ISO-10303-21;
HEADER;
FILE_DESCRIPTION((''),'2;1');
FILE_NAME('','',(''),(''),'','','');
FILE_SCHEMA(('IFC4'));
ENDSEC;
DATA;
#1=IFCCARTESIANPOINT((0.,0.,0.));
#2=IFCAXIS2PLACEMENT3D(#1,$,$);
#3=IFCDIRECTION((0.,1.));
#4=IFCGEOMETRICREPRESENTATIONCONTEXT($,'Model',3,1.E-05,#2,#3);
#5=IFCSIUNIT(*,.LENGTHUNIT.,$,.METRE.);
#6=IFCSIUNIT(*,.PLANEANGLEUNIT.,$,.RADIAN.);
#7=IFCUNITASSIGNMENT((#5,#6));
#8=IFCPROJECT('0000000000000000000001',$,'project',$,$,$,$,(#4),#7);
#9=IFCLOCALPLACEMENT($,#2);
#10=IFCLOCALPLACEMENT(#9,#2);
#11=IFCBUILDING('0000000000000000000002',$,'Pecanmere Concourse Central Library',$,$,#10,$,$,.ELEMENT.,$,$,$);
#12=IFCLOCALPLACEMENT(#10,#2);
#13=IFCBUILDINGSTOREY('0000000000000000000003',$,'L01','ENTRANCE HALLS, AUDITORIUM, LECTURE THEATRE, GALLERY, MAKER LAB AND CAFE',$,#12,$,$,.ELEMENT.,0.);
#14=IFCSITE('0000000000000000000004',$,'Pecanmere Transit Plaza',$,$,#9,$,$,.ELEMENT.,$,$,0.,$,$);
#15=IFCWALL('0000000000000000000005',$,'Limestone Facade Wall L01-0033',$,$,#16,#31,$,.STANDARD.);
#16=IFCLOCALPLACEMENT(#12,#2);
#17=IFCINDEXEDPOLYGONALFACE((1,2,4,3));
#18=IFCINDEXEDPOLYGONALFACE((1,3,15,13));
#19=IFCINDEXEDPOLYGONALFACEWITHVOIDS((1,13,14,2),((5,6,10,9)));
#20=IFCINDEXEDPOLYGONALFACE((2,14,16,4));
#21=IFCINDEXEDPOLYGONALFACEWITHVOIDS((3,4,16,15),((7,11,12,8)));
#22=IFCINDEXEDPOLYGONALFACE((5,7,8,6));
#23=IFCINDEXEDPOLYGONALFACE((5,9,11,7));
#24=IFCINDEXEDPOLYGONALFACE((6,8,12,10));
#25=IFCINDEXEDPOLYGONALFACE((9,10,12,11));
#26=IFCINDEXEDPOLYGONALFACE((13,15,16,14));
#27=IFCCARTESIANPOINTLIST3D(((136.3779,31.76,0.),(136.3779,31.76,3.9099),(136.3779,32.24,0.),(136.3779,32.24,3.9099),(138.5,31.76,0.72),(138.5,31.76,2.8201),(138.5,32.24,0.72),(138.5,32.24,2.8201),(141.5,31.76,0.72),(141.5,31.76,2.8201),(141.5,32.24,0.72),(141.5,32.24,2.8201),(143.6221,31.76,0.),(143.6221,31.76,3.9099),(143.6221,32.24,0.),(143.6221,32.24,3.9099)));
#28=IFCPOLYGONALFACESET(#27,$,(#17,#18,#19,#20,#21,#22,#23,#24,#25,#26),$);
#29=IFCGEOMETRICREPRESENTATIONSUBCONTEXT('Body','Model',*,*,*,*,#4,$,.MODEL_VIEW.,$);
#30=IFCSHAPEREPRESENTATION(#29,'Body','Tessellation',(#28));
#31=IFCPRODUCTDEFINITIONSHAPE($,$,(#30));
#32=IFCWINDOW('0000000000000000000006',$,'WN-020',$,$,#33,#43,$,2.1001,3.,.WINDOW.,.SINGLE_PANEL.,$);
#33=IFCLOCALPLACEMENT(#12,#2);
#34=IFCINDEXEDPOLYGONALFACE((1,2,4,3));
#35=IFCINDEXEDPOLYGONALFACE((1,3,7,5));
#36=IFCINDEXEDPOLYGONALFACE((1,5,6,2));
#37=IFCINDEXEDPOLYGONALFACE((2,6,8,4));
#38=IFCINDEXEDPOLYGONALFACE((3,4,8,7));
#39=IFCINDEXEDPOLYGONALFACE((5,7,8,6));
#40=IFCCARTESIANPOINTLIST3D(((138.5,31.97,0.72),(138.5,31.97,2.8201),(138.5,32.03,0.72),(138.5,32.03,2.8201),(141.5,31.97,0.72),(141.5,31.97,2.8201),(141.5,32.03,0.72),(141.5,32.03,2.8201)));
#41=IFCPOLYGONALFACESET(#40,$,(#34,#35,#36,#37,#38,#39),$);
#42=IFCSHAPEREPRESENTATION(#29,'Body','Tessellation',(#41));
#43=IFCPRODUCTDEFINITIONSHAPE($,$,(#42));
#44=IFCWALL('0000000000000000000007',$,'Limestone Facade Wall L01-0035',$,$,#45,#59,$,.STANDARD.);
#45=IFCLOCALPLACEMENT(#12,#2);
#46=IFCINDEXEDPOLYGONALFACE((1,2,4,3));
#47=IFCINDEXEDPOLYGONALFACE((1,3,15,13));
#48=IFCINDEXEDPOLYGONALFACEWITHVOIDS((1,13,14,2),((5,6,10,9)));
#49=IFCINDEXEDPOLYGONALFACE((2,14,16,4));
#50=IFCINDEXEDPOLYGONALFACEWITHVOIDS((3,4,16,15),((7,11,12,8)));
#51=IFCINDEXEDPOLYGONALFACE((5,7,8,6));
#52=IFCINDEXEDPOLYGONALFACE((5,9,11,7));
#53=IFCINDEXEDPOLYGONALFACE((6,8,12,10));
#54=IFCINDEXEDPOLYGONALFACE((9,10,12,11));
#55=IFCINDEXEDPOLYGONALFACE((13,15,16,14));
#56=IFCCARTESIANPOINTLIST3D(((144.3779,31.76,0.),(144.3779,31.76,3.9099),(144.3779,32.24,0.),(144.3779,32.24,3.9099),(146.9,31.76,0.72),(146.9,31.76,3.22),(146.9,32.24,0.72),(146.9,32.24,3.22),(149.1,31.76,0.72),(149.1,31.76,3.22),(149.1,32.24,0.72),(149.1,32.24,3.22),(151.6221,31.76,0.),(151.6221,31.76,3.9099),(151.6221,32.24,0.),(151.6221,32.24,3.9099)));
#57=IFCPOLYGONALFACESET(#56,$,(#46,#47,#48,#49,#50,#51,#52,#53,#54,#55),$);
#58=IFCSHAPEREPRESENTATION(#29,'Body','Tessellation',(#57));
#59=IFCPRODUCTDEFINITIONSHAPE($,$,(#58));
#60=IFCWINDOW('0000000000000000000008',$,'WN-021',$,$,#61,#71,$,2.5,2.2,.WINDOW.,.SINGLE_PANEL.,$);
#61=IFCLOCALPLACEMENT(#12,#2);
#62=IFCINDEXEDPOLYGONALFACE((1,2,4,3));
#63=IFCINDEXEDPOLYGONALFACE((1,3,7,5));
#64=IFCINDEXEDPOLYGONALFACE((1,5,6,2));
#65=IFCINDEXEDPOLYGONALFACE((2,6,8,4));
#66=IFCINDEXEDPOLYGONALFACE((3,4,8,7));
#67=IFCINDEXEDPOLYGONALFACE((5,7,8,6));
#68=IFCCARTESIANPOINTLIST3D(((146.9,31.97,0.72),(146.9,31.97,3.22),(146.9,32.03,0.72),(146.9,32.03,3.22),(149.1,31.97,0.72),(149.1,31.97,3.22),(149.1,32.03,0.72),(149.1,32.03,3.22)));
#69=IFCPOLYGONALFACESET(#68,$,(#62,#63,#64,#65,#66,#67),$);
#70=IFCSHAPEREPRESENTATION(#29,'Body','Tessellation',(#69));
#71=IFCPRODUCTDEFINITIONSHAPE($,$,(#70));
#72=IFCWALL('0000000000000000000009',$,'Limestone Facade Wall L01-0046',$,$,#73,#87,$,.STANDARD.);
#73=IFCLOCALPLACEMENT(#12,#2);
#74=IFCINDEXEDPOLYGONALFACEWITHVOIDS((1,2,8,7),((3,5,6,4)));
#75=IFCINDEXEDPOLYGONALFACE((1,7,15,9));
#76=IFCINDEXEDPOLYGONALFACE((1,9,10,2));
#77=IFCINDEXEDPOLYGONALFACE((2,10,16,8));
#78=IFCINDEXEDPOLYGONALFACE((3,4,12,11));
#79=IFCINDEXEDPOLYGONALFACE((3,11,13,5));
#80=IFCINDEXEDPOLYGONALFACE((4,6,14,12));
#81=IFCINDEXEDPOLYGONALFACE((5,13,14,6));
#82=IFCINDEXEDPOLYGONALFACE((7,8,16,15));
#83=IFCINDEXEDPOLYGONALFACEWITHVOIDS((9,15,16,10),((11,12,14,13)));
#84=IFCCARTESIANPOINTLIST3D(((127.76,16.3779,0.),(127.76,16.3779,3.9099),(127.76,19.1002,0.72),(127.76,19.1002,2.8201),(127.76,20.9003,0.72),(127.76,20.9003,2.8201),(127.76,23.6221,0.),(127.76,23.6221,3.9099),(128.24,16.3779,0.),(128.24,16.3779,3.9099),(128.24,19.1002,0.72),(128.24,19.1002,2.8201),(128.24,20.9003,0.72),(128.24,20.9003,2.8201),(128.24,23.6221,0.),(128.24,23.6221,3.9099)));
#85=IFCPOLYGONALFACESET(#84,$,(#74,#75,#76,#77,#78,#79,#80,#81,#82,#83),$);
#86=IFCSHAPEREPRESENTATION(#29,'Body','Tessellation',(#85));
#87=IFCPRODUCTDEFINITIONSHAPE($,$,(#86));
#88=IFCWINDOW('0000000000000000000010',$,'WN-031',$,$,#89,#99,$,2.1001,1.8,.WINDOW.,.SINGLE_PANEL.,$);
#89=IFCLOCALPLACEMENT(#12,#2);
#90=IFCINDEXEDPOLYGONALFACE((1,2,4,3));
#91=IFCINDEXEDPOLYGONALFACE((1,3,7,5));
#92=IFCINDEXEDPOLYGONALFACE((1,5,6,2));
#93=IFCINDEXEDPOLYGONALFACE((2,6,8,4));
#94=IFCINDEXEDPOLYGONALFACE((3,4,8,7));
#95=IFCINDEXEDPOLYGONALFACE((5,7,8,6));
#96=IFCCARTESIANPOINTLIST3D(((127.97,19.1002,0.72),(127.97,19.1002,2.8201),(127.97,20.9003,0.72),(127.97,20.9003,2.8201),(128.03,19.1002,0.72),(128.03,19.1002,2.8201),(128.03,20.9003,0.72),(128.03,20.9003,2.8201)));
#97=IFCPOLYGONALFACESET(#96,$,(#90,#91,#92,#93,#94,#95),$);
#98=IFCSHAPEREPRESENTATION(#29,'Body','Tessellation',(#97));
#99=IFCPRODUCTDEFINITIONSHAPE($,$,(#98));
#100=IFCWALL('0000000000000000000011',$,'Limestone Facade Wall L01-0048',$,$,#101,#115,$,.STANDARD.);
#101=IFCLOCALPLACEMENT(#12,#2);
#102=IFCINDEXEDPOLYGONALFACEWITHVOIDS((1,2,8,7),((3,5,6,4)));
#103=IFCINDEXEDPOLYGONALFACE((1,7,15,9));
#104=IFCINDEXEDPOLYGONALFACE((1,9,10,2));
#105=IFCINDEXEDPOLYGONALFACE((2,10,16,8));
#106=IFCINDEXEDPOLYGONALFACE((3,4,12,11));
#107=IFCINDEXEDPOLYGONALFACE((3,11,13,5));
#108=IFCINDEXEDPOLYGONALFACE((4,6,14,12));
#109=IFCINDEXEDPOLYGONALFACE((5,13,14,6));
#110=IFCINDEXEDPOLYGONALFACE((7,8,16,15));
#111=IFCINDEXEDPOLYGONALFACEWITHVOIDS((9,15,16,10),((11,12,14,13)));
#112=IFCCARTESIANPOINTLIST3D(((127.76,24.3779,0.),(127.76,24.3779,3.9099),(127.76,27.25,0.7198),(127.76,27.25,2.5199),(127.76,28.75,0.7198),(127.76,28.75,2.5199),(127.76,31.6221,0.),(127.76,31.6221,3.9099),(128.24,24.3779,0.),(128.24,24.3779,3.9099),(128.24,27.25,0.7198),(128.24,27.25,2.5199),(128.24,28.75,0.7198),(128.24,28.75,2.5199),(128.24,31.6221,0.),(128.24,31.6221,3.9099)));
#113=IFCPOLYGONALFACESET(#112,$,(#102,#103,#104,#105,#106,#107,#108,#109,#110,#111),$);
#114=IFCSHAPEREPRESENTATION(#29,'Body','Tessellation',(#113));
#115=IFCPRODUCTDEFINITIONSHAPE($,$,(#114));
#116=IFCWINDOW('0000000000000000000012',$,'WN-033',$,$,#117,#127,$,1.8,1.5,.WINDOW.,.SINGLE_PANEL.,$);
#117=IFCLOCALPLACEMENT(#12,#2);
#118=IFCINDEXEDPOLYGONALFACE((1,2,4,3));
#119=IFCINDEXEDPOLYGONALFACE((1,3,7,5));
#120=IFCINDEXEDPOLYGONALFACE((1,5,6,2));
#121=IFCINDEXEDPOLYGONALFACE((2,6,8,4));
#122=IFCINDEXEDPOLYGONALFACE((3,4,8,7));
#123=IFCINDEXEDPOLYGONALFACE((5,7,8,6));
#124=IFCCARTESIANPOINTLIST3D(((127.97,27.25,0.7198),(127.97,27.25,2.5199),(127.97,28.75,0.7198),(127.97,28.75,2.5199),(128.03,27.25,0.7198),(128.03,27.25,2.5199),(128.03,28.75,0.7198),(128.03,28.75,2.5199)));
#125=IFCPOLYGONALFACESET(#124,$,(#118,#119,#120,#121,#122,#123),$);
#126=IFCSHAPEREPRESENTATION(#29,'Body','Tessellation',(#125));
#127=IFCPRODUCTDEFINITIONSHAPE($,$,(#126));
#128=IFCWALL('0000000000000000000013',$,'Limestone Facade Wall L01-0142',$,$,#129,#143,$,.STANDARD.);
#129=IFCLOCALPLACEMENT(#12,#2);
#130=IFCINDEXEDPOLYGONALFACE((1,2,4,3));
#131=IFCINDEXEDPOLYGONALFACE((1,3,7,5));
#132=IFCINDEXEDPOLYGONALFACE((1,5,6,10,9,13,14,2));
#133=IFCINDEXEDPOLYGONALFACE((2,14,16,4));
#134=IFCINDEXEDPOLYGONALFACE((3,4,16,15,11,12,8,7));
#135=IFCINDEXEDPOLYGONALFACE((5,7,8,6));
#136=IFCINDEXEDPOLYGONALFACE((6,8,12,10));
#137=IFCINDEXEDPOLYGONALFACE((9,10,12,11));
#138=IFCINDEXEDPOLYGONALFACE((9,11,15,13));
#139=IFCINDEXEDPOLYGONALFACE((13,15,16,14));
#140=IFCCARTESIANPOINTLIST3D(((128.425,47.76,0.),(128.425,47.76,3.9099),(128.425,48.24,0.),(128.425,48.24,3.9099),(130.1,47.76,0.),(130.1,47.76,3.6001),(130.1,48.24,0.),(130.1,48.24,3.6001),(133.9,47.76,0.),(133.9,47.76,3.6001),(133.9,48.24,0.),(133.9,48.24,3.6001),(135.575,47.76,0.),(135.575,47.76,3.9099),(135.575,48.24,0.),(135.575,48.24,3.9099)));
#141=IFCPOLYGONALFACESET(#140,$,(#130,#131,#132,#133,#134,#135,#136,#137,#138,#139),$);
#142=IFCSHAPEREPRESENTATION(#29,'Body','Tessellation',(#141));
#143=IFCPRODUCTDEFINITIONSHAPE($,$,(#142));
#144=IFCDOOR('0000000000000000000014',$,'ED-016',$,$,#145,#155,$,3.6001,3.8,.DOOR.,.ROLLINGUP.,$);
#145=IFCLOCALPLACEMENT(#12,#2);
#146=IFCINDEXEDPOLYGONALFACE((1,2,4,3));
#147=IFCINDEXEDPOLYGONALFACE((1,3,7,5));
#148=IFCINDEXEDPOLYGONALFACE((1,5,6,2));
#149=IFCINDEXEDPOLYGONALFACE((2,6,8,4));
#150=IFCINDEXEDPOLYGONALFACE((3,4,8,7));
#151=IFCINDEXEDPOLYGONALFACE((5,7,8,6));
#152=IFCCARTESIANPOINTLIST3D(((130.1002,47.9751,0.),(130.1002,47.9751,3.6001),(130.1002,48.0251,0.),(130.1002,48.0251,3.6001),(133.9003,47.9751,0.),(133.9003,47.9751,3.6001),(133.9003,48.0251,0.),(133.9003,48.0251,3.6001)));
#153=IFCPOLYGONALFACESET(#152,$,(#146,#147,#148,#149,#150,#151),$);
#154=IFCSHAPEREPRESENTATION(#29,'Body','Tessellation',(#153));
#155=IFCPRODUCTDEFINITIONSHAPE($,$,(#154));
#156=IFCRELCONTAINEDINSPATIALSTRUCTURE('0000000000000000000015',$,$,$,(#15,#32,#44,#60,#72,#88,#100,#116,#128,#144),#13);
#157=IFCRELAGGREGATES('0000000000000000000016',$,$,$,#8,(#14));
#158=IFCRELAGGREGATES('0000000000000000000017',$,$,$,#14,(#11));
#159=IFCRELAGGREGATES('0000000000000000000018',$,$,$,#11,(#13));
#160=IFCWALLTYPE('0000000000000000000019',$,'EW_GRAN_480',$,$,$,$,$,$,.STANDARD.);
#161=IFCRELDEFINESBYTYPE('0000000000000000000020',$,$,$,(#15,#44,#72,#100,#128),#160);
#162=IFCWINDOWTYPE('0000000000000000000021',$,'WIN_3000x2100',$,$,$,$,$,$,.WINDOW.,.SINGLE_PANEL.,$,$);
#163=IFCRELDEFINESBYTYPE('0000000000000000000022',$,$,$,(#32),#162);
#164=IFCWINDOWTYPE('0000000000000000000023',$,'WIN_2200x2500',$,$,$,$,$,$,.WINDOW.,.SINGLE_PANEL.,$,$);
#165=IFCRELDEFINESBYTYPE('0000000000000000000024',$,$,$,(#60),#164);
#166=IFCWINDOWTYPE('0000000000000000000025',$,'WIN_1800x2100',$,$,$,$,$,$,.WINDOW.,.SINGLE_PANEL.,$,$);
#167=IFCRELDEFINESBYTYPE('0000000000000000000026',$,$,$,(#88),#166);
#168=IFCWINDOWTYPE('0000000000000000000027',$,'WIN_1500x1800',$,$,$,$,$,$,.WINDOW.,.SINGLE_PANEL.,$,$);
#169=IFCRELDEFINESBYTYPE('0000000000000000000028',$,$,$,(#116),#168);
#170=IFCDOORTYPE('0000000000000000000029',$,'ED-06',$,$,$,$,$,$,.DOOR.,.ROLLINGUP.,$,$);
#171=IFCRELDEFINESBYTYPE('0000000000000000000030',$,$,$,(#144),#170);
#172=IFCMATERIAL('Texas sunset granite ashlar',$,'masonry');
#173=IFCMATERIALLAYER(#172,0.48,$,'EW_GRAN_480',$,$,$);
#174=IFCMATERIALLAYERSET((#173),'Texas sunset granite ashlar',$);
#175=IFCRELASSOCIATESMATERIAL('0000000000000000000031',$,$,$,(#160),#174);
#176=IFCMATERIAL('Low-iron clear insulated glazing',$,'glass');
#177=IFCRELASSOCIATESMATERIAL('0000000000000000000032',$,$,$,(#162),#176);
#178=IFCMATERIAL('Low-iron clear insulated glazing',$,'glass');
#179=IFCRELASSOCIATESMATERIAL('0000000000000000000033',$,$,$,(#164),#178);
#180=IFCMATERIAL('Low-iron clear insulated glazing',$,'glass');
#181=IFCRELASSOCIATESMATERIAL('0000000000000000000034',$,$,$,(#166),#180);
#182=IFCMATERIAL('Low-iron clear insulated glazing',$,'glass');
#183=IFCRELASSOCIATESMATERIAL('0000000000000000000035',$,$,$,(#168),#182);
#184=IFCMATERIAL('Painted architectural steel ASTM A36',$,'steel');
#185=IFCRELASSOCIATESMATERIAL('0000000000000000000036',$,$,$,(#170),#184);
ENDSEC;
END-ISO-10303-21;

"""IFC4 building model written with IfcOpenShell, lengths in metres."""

from ifc_helpers import new_model, si_unit, direction, frame, frame_2d, origin, place, context, subcontext, project, spatial, rectangle, extrude, material, layer, layer_set, type_object, element, fill, save


model = new_model("IFC4")

# Units and contexts
model_context = context("Model", 3, precision=1e-05, world=origin(), true_north=direction((0.0, 1.0)))
body_context = subcontext(model_context, "Body", "Model", "MODEL_VIEW")
ifc_project = project(units=[si_unit("LENGTHUNIT", "METRE"), si_unit("PLANEANGLEUNIT", "RADIAN")], contexts=[model_context])

# Site, building, storey
site_placement = place(None, origin())
site = spatial("IfcSite", under=ifc_project, at=site_placement, Name="Pecanmere Transit Plaza", CompositionType="ELEMENT", RefElevation=0.0)
building_placement = place(site_placement, origin())
building = spatial("IfcBuilding", under=site, at=building_placement, Name="Pecanmere Concourse Central Library", CompositionType="ELEMENT")
storey_placement = place(building_placement, origin())
storey = spatial("IfcBuildingStorey", under=building, at=storey_placement, Name="L01", Description="ENTRANCE HALLS, AUDITORIUM, LECTURE THEATRE, GALLERY, MAKER LAB AND CAFE", CompositionType="ELEMENT", Elevation=0.0)

# Walls, openings, windows
ifc_material_1 = material(Name="Texas sunset granite ashlar", Category="masonry")
ifc_layer_1 = layer(ifc_material_1, 0.48, Name="EW_GRAN_480")
ifc_layer_set_1 = layer_set([ifc_layer_1], Name="Texas sunset granite ashlar")
wall_type_1 = type_object("IfcWallType", Name="EW_GRAN_480", PredefinedType="STANDARD", material=ifc_layer_set_1)
wall_1_placement = place(storey_placement, frame((143.6221, 32.0, 0.0), z_axis=(0.0, 0.0, 1.0), x_axis=(-1.0, 0.0, 0.0)))
wall_1 = element("IfcWall", 1, at=wall_1_placement, inside=storey, type_object=wall_type_1, Name="Limestone Facade Wall L01-0033", PredefinedType="STANDARD", context=body_context, shape_type="SweptSolid", body=[
    extrude(rectangle(XDim=7.2441, YDim=0.48, at=frame_2d((3.6221, 0.0))), origin(), (0.0, 0.0, 1.0), 3.9099),
])
opening_1_placement = place(wall_1_placement, frame((2.1221, 0.0, 0.72)))
opening_1 = element("IfcOpeningElement", 2, at=opening_1_placement, cuts=wall_1, PredefinedType="OPENING", context=body_context, shape_type="SweptSolid", body=[
    extrude(rectangle(XDim=3.0, YDim=2.1001, at=frame_2d((1.5, 1.05))), frame((0.0, 0.252, 0.0), z_axis=(0.0, -1.0, 0.0), x_axis=(1.0, 0.0, 0.0)), (0.0, 0.0, 1.0), 0.5039),
])
ifc_material_2 = material(Name="Low-iron clear insulated glazing", Category="glass")
window_type_1 = type_object("IfcWindowType", Name="WIN_3000x2100", PartitioningType="SINGLE_PANEL", PredefinedType="WINDOW", material=ifc_material_2)
window_1_placement = place(opening_1_placement, origin())
window_1 = element("IfcWindow", 3, at=window_1_placement, inside=storey, type_object=window_type_1, Name="WN-020", OverallHeight=2.1001, OverallWidth=3.0, PartitioningType="SINGLE_PANEL", PredefinedType="WINDOW", context=body_context, shape_type="SweptSolid", body=[
    extrude(rectangle(XDim=3.0, YDim=2.1001, at=frame_2d((1.5, 1.05))), frame((0.0, 0.03, 0.0), z_axis=(0.0, -1.0, 0.0), x_axis=(1.0, 0.0, 0.0)), (0.0, 0.0, 1.0), 0.0601),
])
fill(opening_1, window_1)
wall_2_placement = place(storey_placement, frame((151.6221, 32.0, 0.0), z_axis=(0.0, 0.0, 1.0), x_axis=(-1.0, 0.0, 0.0)))
wall_2 = element("IfcWall", 4, at=wall_2_placement, inside=storey, type_object=wall_type_1, Name="Limestone Facade Wall L01-0035", PredefinedType="STANDARD", context=body_context, shape_type="SweptSolid", body=[
    extrude(rectangle(XDim=7.2441, YDim=0.48, at=frame_2d((3.6221, 0.0))), origin(), (0.0, 0.0, 1.0), 3.9099),
])
opening_2_placement = place(wall_2_placement, frame((2.522, 0.0, 0.72)))
opening_2 = element("IfcOpeningElement", 5, at=opening_2_placement, cuts=wall_2, PredefinedType="OPENING", context=body_context, shape_type="SweptSolid", body=[
    extrude(rectangle(XDim=2.2, YDim=2.5, at=frame_2d((1.1001, 1.25))), frame((0.0, 0.252, 0.0), z_axis=(0.0, -1.0, 0.0), x_axis=(1.0, 0.0, 0.0)), (0.0, 0.0, 1.0), 0.5039),
])
ifc_material_3 = material(Name="Low-iron clear insulated glazing", Category="glass")
window_type_2 = type_object("IfcWindowType", Name="WIN_2200x2500", PartitioningType="SINGLE_PANEL", PredefinedType="WINDOW", material=ifc_material_3)
window_2_placement = place(opening_2_placement, origin())
window_2 = element("IfcWindow", 6, at=window_2_placement, inside=storey, type_object=window_type_2, Name="WN-021", OverallHeight=2.5, OverallWidth=2.2, PartitioningType="SINGLE_PANEL", PredefinedType="WINDOW", context=body_context, shape_type="SweptSolid", body=[
    extrude(rectangle(XDim=2.2, YDim=2.5, at=frame_2d((1.1001, 1.25))), frame((0.0, 0.03, 0.0), z_axis=(0.0, -1.0, 0.0), x_axis=(1.0, 0.0, 0.0)), (0.0, 0.0, 1.0), 0.0601),
])
fill(opening_2, window_2)
wall_3_placement = place(storey_placement, frame((128.0, 23.6221, 0.0), z_axis=(0.0, 0.0, 1.0), x_axis=(0.0, -1.0, 0.0)))
wall_3 = element("IfcWall", 7, at=wall_3_placement, inside=storey, type_object=wall_type_1, Name="Limestone Facade Wall L01-0046", PredefinedType="STANDARD", context=body_context, shape_type="SweptSolid", body=[
    extrude(rectangle(XDim=7.2441, YDim=0.48, at=frame_2d((3.6221, 0.0))), origin(), (0.0, 0.0, 1.0), 3.9099),
])
opening_3_placement = place(wall_3_placement, frame((2.7219, 0.0, 0.72)))
opening_3 = element("IfcOpeningElement", 8, at=opening_3_placement, cuts=wall_3, PredefinedType="OPENING", context=body_context, shape_type="SweptSolid", body=[
    extrude(rectangle(XDim=1.8, YDim=2.1001, at=frame_2d((0.8999, 1.05))), frame((0.0, 0.252, 0.0), z_axis=(0.0, -1.0, 0.0), x_axis=(1.0, 0.0, 0.0)), (0.0, 0.0, 1.0), 0.5039),
])
ifc_material_4 = material(Name="Low-iron clear insulated glazing", Category="glass")
window_type_3 = type_object("IfcWindowType", Name="WIN_1800x2100", PartitioningType="SINGLE_PANEL", PredefinedType="WINDOW", material=ifc_material_4)
window_3_placement = place(opening_3_placement, origin())
window_3 = element("IfcWindow", 9, at=window_3_placement, inside=storey, type_object=window_type_3, Name="WN-031", OverallHeight=2.1001, OverallWidth=1.8, PartitioningType="SINGLE_PANEL", PredefinedType="WINDOW", context=body_context, shape_type="SweptSolid", body=[
    extrude(rectangle(XDim=1.8, YDim=2.1001, at=frame_2d((0.8999, 1.05))), frame((0.0, 0.03, 0.0), z_axis=(0.0, -1.0, 0.0), x_axis=(1.0, 0.0, 0.0)), (0.0, 0.0, 1.0), 0.0601),
])
fill(opening_3, window_3)
wall_4_placement = place(storey_placement, frame((128.0, 31.6221, 0.0), z_axis=(0.0, 0.0, 1.0), x_axis=(0.0, -1.0, 0.0)))
wall_4 = element("IfcWall", 10, at=wall_4_placement, inside=storey, type_object=wall_type_1, Name="Limestone Facade Wall L01-0048", PredefinedType="STANDARD", context=body_context, shape_type="SweptSolid", body=[
    extrude(rectangle(XDim=7.2441, YDim=0.48, at=frame_2d((3.6221, 0.0))), origin(), (0.0, 0.0, 1.0), 3.9099),
])
opening_4_placement = place(wall_4_placement, frame((2.8721, 0.0, 0.72)))
opening_4 = element("IfcOpeningElement", 11, at=opening_4_placement, cuts=wall_4, PredefinedType="OPENING", context=body_context, shape_type="SweptSolid", body=[
    extrude(rectangle(XDim=1.5, YDim=1.8, at=frame_2d((0.75, 0.8999))), frame((0.0, 0.252, 0.0), z_axis=(0.0, -1.0, 0.0), x_axis=(1.0, 0.0, 0.0)), (0.0, 0.0, 1.0), 0.5039),
])
ifc_material_5 = material(Name="Low-iron clear insulated glazing", Category="glass")
window_type_4 = type_object("IfcWindowType", Name="WIN_1500x1800", PartitioningType="SINGLE_PANEL", PredefinedType="WINDOW", material=ifc_material_5)
window_4_placement = place(opening_4_placement, origin())
window_4 = element("IfcWindow", 12, at=window_4_placement, inside=storey, type_object=window_type_4, Name="WN-033", OverallHeight=1.8, OverallWidth=1.5, PartitioningType="SINGLE_PANEL", PredefinedType="WINDOW", context=body_context, shape_type="SweptSolid", body=[
    extrude(rectangle(XDim=1.5, YDim=1.8, at=frame_2d((0.75, 0.8999))), frame((0.0, 0.03, 0.0), z_axis=(0.0, -1.0, 0.0), x_axis=(1.0, 0.0, 0.0)), (0.0, 0.0, 1.0), 0.0601),
])
fill(opening_4, window_4)

# Wall, opening, door
wall_5_placement = place(storey_placement, frame((128.425, 48.0, 0.0), z_axis=(0.0, 0.0, 1.0), x_axis=(1.0, 0.0, 0.0)))
wall_5 = element("IfcWall", 13, at=wall_5_placement, inside=storey, type_object=wall_type_1, Name="Limestone Facade Wall L01-0142", PredefinedType="STANDARD", context=body_context, shape_type="SweptSolid", body=[
    extrude(rectangle(XDim=7.1499, YDim=0.48, at=frame_2d((3.575, 0.0))), origin(), (0.0, 0.0, 1.0), 3.9099),
])
opening_5_placement = place(wall_5_placement, frame((1.675, 0.0, 0.0)))
opening_5 = element("IfcOpeningElement", 14, at=opening_5_placement, cuts=wall_5, PredefinedType="OPENING", context=body_context, shape_type="SweptSolid", body=[
    extrude(rectangle(XDim=3.8, YDim=3.6001, at=frame_2d((1.8999, 1.8))), frame((0.0, 0.252, 0.0), z_axis=(0.0, -1.0, 0.0), x_axis=(1.0, 0.0, 0.0)), (0.0, 0.0, 1.0), 0.5039),
])
ifc_material_6 = material(Name="Painted architectural steel ASTM A36", Category="steel")
door_type_1 = type_object("IfcDoorType", Name="ED-06", OperationType="ROLLINGUP", PredefinedType="DOOR", material=ifc_material_6)
door_1_placement = place(opening_5_placement, frame((3.8, 0.0, 0.0), z_axis=(0.0, 0.0, 1.0), x_axis=(-1.0, 0.0, 0.0)))
door_1 = element("IfcDoor", 15, at=door_1_placement, inside=storey, type_object=door_type_1, Name="ED-016", OperationType="ROLLINGUP", OverallHeight=3.6001, OverallWidth=3.8, PredefinedType="DOOR", context=body_context, shape_type="SweptSolid", body=[
    extrude(rectangle(XDim=3.8, YDim=3.6001, at=frame_2d((1.8999, 1.8))), frame((0.0, 0.0249, 0.0), z_axis=(0.0, -1.0, 0.0), x_axis=(1.0, 0.0, 0.0)), (0.0, 0.0, 1.0), 0.05),
])
fill(opening_5, door_1)

save(model, "model.ifc")
